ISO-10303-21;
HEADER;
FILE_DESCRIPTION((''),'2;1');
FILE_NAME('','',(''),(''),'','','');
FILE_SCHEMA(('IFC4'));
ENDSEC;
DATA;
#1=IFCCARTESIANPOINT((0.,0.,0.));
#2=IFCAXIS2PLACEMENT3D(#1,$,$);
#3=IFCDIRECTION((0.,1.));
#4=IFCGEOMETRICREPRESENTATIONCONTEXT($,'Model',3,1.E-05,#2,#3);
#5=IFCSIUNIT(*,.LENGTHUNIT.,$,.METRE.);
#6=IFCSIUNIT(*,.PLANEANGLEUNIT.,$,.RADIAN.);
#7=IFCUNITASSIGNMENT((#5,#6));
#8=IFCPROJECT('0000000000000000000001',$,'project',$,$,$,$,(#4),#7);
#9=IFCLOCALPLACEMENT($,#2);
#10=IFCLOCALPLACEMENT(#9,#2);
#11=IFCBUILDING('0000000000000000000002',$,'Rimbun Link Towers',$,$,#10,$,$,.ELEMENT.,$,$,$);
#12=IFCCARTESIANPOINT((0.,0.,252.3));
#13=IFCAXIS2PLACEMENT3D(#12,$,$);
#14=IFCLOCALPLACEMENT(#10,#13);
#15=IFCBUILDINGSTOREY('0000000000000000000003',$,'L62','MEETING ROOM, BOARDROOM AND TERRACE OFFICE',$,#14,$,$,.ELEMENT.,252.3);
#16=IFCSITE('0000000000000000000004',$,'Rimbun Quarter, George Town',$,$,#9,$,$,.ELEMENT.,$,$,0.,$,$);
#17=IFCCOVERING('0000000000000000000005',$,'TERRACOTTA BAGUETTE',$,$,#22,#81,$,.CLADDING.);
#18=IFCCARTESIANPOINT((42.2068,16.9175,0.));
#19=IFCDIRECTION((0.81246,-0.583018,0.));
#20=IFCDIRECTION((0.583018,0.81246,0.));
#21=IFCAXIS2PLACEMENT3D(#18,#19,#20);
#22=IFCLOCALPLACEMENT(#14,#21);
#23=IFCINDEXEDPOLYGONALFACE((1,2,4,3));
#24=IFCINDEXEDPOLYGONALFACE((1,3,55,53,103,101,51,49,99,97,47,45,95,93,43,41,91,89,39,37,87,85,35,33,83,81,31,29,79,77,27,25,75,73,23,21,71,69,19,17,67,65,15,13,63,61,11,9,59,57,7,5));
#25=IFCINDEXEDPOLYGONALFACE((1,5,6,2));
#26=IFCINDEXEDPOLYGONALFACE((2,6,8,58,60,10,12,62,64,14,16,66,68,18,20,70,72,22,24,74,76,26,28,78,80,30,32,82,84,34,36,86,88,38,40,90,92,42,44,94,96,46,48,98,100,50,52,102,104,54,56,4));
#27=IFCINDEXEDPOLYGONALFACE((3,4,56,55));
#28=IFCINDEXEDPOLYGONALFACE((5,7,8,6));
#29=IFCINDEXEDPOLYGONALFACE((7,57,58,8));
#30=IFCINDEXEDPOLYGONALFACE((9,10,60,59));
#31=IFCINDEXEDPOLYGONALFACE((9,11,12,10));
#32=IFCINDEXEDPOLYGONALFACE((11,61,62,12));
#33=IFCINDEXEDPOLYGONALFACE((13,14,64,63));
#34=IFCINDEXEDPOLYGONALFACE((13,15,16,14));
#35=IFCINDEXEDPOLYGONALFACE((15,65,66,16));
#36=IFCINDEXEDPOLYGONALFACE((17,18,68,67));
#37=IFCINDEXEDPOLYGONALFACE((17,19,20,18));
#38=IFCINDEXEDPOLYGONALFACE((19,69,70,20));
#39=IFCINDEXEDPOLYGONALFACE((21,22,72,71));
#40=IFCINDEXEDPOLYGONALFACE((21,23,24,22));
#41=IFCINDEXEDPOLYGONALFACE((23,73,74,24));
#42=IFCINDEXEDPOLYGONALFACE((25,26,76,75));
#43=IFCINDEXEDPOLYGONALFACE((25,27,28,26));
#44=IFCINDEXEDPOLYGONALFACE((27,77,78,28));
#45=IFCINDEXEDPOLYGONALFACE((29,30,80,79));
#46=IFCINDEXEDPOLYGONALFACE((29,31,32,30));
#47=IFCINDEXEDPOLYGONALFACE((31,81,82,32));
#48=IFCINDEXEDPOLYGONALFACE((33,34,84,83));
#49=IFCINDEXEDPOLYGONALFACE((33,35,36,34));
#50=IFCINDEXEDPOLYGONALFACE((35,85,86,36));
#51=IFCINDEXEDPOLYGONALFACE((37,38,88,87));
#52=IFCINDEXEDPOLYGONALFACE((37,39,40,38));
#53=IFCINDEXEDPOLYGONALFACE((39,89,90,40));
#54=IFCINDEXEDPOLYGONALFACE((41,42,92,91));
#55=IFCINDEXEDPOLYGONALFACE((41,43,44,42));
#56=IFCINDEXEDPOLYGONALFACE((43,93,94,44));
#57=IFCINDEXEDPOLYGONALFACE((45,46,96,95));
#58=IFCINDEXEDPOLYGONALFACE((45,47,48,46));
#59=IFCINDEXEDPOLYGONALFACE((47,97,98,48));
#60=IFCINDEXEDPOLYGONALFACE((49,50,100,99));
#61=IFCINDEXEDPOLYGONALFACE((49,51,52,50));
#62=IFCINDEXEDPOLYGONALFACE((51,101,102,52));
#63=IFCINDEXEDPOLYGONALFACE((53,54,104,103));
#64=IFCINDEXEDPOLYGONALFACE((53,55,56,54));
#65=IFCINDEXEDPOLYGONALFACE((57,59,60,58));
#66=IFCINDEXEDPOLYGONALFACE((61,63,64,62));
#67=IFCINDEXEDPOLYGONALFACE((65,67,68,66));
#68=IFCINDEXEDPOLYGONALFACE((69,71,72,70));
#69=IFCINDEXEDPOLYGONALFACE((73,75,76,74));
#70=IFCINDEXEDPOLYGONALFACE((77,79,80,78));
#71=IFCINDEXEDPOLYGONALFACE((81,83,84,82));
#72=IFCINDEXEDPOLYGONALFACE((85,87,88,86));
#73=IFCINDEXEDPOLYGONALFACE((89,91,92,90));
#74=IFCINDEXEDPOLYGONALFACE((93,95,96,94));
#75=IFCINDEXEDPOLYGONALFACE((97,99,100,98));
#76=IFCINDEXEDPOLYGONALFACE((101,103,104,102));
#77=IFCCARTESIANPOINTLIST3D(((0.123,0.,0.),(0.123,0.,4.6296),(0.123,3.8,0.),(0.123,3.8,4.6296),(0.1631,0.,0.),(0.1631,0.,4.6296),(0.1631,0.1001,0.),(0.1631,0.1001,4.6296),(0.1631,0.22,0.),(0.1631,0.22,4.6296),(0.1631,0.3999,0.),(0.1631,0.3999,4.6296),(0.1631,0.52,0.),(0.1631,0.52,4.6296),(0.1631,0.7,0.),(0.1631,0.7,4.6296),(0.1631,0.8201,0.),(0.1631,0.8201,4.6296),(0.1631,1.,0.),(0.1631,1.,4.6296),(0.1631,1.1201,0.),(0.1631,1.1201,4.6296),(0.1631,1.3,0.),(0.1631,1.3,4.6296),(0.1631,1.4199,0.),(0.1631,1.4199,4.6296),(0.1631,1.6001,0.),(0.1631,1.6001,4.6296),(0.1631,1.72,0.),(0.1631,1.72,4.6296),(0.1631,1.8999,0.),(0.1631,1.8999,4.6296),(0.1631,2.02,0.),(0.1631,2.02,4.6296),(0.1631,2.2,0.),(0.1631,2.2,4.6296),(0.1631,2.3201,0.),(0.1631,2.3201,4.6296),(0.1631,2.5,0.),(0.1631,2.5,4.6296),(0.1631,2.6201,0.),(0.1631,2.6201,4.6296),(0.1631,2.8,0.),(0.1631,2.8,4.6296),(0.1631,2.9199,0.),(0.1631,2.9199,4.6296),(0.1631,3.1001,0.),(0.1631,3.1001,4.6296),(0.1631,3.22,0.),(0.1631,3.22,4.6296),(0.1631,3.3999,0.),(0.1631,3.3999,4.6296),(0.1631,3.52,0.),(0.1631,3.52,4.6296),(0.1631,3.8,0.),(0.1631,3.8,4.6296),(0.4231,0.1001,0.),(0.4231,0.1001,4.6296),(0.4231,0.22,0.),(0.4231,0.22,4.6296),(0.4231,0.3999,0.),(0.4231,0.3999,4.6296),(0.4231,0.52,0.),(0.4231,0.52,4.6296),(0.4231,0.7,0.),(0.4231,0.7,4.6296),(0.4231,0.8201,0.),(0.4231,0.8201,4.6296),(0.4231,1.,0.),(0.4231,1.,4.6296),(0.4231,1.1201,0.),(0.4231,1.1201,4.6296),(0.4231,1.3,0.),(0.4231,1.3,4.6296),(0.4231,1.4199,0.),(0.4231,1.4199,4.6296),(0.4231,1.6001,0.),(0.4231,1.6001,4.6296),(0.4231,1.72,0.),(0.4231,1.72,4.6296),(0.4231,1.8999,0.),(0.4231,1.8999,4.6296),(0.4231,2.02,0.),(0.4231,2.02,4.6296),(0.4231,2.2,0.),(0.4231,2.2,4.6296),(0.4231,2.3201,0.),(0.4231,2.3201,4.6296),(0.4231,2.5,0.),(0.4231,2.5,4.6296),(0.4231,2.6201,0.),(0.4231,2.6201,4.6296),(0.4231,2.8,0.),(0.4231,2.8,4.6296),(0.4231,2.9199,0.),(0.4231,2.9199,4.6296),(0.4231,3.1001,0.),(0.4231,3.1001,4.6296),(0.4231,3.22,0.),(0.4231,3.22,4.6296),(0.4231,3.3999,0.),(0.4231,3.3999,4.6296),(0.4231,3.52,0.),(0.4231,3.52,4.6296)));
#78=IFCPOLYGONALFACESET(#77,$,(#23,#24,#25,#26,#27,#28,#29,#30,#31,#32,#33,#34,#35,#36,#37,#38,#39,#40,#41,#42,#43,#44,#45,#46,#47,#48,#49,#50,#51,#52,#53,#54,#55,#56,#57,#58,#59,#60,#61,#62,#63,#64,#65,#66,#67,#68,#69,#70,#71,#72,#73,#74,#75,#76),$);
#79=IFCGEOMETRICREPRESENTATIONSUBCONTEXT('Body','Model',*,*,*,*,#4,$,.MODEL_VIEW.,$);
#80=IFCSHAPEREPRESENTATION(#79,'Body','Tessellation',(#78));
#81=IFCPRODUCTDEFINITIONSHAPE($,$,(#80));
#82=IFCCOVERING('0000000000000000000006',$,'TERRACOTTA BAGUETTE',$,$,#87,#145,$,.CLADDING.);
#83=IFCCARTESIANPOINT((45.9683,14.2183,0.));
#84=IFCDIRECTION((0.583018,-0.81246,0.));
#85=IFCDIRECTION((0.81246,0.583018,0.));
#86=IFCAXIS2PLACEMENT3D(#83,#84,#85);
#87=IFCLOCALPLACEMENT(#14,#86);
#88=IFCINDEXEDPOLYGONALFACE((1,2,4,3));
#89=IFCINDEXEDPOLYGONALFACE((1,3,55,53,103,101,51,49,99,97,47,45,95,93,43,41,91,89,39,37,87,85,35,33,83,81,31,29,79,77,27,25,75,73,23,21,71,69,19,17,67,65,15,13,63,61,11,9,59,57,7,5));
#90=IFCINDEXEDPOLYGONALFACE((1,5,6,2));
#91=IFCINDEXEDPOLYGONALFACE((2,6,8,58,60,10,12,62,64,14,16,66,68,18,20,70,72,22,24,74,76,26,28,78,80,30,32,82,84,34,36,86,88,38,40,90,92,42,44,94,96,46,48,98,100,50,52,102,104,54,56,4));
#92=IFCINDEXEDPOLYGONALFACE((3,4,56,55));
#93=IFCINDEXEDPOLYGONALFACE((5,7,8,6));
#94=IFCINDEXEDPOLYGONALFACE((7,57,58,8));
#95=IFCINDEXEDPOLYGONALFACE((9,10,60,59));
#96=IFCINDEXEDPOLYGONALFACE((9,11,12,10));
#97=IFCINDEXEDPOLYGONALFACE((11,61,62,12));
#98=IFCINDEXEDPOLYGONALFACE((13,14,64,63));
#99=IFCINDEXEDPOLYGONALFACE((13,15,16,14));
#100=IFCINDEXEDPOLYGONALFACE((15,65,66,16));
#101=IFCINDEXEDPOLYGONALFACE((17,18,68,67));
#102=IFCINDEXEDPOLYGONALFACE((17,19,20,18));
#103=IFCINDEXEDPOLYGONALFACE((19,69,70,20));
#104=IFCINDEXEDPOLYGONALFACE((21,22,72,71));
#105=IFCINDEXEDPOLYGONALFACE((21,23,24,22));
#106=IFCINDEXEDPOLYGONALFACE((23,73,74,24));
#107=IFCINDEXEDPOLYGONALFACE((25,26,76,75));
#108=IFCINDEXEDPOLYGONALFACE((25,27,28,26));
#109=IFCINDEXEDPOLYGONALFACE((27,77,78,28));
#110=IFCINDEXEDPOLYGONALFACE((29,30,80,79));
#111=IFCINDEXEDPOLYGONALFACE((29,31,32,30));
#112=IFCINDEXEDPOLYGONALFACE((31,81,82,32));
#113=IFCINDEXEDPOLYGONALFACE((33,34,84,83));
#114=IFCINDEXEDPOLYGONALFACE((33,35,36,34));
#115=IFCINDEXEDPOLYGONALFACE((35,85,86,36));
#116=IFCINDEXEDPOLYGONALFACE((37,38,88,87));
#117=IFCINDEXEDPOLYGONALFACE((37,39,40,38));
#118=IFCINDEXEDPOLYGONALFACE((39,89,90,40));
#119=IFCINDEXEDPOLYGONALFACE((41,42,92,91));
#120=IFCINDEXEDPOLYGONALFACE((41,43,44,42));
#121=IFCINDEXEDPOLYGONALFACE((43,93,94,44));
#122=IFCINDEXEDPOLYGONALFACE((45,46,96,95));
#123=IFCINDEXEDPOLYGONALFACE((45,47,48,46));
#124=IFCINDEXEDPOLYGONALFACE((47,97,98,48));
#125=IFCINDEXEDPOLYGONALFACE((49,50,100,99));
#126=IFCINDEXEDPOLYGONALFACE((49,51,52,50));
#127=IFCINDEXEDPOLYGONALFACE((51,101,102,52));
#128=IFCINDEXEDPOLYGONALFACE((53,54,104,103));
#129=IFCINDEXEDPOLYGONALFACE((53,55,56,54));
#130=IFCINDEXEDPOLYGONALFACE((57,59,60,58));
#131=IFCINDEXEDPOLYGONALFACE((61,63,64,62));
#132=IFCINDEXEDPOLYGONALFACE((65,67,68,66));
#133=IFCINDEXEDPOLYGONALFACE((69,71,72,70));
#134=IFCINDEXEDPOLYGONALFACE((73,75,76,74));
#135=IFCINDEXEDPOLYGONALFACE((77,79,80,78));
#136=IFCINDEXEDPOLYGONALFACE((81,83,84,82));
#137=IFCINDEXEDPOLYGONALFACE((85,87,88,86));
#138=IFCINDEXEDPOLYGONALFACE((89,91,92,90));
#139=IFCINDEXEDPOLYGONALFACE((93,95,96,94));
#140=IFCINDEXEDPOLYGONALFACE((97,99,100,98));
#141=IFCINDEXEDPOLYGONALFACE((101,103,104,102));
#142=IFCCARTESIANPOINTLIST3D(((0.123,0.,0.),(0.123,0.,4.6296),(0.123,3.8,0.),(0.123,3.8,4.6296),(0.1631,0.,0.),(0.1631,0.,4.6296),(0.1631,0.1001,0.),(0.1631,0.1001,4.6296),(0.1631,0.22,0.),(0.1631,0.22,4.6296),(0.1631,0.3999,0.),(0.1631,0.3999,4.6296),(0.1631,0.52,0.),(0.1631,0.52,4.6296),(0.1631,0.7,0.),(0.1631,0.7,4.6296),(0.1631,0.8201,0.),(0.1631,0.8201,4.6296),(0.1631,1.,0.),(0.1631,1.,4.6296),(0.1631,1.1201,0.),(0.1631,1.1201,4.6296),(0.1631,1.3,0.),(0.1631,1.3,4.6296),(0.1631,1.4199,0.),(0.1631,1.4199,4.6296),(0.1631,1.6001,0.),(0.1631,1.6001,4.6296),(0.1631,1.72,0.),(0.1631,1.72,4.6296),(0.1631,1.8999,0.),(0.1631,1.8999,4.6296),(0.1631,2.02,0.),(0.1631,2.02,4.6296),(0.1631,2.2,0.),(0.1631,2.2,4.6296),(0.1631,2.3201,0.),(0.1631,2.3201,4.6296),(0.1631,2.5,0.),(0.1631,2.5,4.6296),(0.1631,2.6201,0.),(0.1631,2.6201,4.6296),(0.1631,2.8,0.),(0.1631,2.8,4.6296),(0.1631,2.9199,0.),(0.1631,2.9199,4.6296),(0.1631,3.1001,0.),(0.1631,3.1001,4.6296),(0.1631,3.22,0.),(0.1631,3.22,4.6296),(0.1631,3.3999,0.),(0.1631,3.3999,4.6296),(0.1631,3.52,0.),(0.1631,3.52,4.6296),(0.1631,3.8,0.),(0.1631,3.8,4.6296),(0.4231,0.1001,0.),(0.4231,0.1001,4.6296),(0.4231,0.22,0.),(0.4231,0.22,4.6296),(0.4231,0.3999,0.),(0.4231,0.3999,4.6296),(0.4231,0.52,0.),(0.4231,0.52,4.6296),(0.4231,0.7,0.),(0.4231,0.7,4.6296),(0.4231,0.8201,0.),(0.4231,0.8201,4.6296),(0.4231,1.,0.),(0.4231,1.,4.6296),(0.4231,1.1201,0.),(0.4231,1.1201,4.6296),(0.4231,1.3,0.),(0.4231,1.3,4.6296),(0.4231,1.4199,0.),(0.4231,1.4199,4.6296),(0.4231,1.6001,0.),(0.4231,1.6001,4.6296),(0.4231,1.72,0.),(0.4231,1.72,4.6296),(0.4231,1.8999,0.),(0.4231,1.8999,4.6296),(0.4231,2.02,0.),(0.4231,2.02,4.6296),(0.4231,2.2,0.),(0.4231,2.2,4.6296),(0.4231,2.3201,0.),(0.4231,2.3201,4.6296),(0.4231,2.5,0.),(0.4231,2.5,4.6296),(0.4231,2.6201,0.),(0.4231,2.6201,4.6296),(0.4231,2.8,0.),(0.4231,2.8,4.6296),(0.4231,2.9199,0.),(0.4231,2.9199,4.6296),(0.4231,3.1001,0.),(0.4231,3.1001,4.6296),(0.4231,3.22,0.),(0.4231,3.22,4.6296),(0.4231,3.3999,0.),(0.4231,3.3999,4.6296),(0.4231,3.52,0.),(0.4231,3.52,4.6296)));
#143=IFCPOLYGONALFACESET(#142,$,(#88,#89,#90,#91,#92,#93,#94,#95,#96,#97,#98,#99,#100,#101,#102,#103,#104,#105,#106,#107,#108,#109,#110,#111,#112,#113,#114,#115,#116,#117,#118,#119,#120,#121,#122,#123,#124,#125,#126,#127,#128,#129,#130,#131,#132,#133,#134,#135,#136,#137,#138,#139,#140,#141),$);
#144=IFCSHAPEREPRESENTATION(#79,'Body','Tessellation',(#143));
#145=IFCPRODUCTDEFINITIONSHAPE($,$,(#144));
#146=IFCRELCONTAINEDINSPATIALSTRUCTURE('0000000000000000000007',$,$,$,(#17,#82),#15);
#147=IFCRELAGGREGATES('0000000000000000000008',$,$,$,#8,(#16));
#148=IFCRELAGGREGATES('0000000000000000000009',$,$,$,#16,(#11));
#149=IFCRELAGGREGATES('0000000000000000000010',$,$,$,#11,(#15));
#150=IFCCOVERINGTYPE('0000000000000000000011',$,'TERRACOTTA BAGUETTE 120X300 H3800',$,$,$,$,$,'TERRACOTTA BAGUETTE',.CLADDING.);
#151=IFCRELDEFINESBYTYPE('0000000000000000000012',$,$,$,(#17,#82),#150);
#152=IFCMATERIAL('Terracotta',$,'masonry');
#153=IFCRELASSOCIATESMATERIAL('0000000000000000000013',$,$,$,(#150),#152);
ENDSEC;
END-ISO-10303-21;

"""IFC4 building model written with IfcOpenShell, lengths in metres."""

from ifc_helpers import new_model, si_unit, direction, frame, origin, place, context, subcontext, project, spatial, polyline, outline, extrude, material, material_profile, profile_set, type_object, element, save


model = new_model("IFC4")

# Units and contexts
model_context = context("Model", 3, precision=1e-05, world=origin(), true_north=direction((0.0, 1.0)))
body_context = subcontext(model_context, "Body", "Model", "MODEL_VIEW")
ifc_project = project(units=[si_unit("LENGTHUNIT", "METRE"), si_unit("PLANEANGLEUNIT", "RADIAN")], contexts=[model_context])

# Site, building, storey
site_placement = place(None, origin())
site = spatial("IfcSite", under=ifc_project, at=site_placement, Name="Rimbun Quarter, George Town", CompositionType="ELEMENT", RefElevation=0.0)
building_placement = place(site_placement, origin())
building = spatial("IfcBuilding", under=site, at=building_placement, Name="Rimbun Link Towers", CompositionType="ELEMENT")
storey_placement = place(building_placement, frame((0.0, 0.0, 252.3)))
storey = spatial("IfcBuildingStorey", under=building, at=storey_placement, Name="L62", Description="MEETING ROOM, BOARDROOM AND TERRACE OFFICE", CompositionType="ELEMENT", Elevation=252.3)

# Coverings
ifc_material_1 = material(Name="Terracotta", Category="masonry")
ifc_material_profile_1 = material_profile(ifc_material_1, outline(polyline([(0.123, 0.0), (0.1631, 0.0), (0.1631, 0.1001), (0.4231, 0.1001), (0.4231, 0.22), (0.1631, 0.22), (0.1631, 0.3999), (0.4231, 0.3999), (0.4231, 0.52), (0.1631, 0.52), (0.1631, 0.7), (0.4231, 0.7), (0.4231, 0.8201), (0.1631, 0.8201), (0.1631, 1.0), (0.4231, 1.0), (0.4231, 1.1201), (0.1631, 1.1201), (0.1631, 1.3), (0.4231, 1.3), (0.4231, 1.4199), (0.1631, 1.4199), (0.1631, 1.6001), (0.4231, 1.6001), (0.4231, 1.72), (0.1631, 1.72), (0.1631, 1.8999), (0.4231, 1.8999), (0.4231, 2.02), (0.1631, 2.02), (0.1631, 2.2), (0.4231, 2.2), (0.4231, 2.3201), (0.1631, 2.3201), (0.1631, 2.5), (0.4231, 2.5), (0.4231, 2.6201), (0.1631, 2.6201), (0.1631, 2.8), (0.4231, 2.8), (0.4231, 2.9199), (0.1631, 2.9199), (0.1631, 3.1001), (0.4231, 3.1001), (0.4231, 3.22), (0.1631, 3.22), (0.1631, 3.3999), (0.4231, 3.3999), (0.4231, 3.52), (0.1631, 3.52), (0.1631, 3.8), (0.123, 3.8), (0.123, 0.0)])), Name="BAGUETTE 120X300")
ifc_profile_set_1 = profile_set([ifc_material_profile_1], Name="Terracotta")
covering_type = type_object("IfcCoveringType", Name="TERRACOTTA BAGUETTE 120X300 H3800", ElementType="TERRACOTTA BAGUETTE", PredefinedType="CLADDING", material=ifc_profile_set_1)
for number, where, z_axis, x_axis, name in (
    (1, (42.2068, 16.9175, 0.0), (0.81246, -0.583018, 0.0), (0.583018, 0.81246, 0.0), "TERRACOTTA BAGUETTE"),
    (2, (45.9683, 14.2183, 0.0), (0.583018, -0.81246, 0.0), (0.81246, 0.583018, 0.0), "TERRACOTTA BAGUETTE"),
):
    element("IfcCovering", number, at=place(storey_placement, frame(where, z_axis=z_axis, x_axis=x_axis)), inside=storey, type_object=covering_type, Name=name, PredefinedType="CLADDING", context=body_context, shape_type="SweptSolid", body=[
        extrude(outline(polyline([(0.123, 0.0), (0.1631, 0.0), (0.1631, 0.1001), (0.4231, 0.1001), (0.4231, 0.22), (0.1631, 0.22), (0.1631, 0.3999), (0.4231, 0.3999), (0.4231, 0.52), (0.1631, 0.52), (0.1631, 0.7), (0.4231, 0.7), (0.4231, 0.8201), (0.1631, 0.8201), (0.1631, 1.0), (0.4231, 1.0), (0.4231, 1.1201), (0.1631, 1.1201), (0.1631, 1.3), (0.4231, 1.3), (0.4231, 1.4199), (0.1631, 1.4199), (0.1631, 1.6001), (0.4231, 1.6001), (0.4231, 1.72), (0.1631, 1.72), (0.1631, 1.8999), (0.4231, 1.8999), (0.4231, 2.02), (0.1631, 2.02), (0.1631, 2.2), (0.4231, 2.2), (0.4231, 2.3201), (0.1631, 2.3201), (0.1631, 2.5), (0.4231, 2.5), (0.4231, 2.6201), (0.1631, 2.6201), (0.1631, 2.8), (0.4231, 2.8), (0.4231, 2.9199), (0.1631, 2.9199), (0.1631, 3.1001), (0.4231, 3.1001), (0.4231, 3.22), (0.1631, 3.22), (0.1631, 3.3999), (0.4231, 3.3999), (0.4231, 3.52), (0.1631, 3.52), (0.1631, 3.8), (0.123, 3.8), (0.123, 0.0)])), origin(), (0.0, 0.0, 1.0), 4.6296),
    ])

save(model, "model.ifc")
